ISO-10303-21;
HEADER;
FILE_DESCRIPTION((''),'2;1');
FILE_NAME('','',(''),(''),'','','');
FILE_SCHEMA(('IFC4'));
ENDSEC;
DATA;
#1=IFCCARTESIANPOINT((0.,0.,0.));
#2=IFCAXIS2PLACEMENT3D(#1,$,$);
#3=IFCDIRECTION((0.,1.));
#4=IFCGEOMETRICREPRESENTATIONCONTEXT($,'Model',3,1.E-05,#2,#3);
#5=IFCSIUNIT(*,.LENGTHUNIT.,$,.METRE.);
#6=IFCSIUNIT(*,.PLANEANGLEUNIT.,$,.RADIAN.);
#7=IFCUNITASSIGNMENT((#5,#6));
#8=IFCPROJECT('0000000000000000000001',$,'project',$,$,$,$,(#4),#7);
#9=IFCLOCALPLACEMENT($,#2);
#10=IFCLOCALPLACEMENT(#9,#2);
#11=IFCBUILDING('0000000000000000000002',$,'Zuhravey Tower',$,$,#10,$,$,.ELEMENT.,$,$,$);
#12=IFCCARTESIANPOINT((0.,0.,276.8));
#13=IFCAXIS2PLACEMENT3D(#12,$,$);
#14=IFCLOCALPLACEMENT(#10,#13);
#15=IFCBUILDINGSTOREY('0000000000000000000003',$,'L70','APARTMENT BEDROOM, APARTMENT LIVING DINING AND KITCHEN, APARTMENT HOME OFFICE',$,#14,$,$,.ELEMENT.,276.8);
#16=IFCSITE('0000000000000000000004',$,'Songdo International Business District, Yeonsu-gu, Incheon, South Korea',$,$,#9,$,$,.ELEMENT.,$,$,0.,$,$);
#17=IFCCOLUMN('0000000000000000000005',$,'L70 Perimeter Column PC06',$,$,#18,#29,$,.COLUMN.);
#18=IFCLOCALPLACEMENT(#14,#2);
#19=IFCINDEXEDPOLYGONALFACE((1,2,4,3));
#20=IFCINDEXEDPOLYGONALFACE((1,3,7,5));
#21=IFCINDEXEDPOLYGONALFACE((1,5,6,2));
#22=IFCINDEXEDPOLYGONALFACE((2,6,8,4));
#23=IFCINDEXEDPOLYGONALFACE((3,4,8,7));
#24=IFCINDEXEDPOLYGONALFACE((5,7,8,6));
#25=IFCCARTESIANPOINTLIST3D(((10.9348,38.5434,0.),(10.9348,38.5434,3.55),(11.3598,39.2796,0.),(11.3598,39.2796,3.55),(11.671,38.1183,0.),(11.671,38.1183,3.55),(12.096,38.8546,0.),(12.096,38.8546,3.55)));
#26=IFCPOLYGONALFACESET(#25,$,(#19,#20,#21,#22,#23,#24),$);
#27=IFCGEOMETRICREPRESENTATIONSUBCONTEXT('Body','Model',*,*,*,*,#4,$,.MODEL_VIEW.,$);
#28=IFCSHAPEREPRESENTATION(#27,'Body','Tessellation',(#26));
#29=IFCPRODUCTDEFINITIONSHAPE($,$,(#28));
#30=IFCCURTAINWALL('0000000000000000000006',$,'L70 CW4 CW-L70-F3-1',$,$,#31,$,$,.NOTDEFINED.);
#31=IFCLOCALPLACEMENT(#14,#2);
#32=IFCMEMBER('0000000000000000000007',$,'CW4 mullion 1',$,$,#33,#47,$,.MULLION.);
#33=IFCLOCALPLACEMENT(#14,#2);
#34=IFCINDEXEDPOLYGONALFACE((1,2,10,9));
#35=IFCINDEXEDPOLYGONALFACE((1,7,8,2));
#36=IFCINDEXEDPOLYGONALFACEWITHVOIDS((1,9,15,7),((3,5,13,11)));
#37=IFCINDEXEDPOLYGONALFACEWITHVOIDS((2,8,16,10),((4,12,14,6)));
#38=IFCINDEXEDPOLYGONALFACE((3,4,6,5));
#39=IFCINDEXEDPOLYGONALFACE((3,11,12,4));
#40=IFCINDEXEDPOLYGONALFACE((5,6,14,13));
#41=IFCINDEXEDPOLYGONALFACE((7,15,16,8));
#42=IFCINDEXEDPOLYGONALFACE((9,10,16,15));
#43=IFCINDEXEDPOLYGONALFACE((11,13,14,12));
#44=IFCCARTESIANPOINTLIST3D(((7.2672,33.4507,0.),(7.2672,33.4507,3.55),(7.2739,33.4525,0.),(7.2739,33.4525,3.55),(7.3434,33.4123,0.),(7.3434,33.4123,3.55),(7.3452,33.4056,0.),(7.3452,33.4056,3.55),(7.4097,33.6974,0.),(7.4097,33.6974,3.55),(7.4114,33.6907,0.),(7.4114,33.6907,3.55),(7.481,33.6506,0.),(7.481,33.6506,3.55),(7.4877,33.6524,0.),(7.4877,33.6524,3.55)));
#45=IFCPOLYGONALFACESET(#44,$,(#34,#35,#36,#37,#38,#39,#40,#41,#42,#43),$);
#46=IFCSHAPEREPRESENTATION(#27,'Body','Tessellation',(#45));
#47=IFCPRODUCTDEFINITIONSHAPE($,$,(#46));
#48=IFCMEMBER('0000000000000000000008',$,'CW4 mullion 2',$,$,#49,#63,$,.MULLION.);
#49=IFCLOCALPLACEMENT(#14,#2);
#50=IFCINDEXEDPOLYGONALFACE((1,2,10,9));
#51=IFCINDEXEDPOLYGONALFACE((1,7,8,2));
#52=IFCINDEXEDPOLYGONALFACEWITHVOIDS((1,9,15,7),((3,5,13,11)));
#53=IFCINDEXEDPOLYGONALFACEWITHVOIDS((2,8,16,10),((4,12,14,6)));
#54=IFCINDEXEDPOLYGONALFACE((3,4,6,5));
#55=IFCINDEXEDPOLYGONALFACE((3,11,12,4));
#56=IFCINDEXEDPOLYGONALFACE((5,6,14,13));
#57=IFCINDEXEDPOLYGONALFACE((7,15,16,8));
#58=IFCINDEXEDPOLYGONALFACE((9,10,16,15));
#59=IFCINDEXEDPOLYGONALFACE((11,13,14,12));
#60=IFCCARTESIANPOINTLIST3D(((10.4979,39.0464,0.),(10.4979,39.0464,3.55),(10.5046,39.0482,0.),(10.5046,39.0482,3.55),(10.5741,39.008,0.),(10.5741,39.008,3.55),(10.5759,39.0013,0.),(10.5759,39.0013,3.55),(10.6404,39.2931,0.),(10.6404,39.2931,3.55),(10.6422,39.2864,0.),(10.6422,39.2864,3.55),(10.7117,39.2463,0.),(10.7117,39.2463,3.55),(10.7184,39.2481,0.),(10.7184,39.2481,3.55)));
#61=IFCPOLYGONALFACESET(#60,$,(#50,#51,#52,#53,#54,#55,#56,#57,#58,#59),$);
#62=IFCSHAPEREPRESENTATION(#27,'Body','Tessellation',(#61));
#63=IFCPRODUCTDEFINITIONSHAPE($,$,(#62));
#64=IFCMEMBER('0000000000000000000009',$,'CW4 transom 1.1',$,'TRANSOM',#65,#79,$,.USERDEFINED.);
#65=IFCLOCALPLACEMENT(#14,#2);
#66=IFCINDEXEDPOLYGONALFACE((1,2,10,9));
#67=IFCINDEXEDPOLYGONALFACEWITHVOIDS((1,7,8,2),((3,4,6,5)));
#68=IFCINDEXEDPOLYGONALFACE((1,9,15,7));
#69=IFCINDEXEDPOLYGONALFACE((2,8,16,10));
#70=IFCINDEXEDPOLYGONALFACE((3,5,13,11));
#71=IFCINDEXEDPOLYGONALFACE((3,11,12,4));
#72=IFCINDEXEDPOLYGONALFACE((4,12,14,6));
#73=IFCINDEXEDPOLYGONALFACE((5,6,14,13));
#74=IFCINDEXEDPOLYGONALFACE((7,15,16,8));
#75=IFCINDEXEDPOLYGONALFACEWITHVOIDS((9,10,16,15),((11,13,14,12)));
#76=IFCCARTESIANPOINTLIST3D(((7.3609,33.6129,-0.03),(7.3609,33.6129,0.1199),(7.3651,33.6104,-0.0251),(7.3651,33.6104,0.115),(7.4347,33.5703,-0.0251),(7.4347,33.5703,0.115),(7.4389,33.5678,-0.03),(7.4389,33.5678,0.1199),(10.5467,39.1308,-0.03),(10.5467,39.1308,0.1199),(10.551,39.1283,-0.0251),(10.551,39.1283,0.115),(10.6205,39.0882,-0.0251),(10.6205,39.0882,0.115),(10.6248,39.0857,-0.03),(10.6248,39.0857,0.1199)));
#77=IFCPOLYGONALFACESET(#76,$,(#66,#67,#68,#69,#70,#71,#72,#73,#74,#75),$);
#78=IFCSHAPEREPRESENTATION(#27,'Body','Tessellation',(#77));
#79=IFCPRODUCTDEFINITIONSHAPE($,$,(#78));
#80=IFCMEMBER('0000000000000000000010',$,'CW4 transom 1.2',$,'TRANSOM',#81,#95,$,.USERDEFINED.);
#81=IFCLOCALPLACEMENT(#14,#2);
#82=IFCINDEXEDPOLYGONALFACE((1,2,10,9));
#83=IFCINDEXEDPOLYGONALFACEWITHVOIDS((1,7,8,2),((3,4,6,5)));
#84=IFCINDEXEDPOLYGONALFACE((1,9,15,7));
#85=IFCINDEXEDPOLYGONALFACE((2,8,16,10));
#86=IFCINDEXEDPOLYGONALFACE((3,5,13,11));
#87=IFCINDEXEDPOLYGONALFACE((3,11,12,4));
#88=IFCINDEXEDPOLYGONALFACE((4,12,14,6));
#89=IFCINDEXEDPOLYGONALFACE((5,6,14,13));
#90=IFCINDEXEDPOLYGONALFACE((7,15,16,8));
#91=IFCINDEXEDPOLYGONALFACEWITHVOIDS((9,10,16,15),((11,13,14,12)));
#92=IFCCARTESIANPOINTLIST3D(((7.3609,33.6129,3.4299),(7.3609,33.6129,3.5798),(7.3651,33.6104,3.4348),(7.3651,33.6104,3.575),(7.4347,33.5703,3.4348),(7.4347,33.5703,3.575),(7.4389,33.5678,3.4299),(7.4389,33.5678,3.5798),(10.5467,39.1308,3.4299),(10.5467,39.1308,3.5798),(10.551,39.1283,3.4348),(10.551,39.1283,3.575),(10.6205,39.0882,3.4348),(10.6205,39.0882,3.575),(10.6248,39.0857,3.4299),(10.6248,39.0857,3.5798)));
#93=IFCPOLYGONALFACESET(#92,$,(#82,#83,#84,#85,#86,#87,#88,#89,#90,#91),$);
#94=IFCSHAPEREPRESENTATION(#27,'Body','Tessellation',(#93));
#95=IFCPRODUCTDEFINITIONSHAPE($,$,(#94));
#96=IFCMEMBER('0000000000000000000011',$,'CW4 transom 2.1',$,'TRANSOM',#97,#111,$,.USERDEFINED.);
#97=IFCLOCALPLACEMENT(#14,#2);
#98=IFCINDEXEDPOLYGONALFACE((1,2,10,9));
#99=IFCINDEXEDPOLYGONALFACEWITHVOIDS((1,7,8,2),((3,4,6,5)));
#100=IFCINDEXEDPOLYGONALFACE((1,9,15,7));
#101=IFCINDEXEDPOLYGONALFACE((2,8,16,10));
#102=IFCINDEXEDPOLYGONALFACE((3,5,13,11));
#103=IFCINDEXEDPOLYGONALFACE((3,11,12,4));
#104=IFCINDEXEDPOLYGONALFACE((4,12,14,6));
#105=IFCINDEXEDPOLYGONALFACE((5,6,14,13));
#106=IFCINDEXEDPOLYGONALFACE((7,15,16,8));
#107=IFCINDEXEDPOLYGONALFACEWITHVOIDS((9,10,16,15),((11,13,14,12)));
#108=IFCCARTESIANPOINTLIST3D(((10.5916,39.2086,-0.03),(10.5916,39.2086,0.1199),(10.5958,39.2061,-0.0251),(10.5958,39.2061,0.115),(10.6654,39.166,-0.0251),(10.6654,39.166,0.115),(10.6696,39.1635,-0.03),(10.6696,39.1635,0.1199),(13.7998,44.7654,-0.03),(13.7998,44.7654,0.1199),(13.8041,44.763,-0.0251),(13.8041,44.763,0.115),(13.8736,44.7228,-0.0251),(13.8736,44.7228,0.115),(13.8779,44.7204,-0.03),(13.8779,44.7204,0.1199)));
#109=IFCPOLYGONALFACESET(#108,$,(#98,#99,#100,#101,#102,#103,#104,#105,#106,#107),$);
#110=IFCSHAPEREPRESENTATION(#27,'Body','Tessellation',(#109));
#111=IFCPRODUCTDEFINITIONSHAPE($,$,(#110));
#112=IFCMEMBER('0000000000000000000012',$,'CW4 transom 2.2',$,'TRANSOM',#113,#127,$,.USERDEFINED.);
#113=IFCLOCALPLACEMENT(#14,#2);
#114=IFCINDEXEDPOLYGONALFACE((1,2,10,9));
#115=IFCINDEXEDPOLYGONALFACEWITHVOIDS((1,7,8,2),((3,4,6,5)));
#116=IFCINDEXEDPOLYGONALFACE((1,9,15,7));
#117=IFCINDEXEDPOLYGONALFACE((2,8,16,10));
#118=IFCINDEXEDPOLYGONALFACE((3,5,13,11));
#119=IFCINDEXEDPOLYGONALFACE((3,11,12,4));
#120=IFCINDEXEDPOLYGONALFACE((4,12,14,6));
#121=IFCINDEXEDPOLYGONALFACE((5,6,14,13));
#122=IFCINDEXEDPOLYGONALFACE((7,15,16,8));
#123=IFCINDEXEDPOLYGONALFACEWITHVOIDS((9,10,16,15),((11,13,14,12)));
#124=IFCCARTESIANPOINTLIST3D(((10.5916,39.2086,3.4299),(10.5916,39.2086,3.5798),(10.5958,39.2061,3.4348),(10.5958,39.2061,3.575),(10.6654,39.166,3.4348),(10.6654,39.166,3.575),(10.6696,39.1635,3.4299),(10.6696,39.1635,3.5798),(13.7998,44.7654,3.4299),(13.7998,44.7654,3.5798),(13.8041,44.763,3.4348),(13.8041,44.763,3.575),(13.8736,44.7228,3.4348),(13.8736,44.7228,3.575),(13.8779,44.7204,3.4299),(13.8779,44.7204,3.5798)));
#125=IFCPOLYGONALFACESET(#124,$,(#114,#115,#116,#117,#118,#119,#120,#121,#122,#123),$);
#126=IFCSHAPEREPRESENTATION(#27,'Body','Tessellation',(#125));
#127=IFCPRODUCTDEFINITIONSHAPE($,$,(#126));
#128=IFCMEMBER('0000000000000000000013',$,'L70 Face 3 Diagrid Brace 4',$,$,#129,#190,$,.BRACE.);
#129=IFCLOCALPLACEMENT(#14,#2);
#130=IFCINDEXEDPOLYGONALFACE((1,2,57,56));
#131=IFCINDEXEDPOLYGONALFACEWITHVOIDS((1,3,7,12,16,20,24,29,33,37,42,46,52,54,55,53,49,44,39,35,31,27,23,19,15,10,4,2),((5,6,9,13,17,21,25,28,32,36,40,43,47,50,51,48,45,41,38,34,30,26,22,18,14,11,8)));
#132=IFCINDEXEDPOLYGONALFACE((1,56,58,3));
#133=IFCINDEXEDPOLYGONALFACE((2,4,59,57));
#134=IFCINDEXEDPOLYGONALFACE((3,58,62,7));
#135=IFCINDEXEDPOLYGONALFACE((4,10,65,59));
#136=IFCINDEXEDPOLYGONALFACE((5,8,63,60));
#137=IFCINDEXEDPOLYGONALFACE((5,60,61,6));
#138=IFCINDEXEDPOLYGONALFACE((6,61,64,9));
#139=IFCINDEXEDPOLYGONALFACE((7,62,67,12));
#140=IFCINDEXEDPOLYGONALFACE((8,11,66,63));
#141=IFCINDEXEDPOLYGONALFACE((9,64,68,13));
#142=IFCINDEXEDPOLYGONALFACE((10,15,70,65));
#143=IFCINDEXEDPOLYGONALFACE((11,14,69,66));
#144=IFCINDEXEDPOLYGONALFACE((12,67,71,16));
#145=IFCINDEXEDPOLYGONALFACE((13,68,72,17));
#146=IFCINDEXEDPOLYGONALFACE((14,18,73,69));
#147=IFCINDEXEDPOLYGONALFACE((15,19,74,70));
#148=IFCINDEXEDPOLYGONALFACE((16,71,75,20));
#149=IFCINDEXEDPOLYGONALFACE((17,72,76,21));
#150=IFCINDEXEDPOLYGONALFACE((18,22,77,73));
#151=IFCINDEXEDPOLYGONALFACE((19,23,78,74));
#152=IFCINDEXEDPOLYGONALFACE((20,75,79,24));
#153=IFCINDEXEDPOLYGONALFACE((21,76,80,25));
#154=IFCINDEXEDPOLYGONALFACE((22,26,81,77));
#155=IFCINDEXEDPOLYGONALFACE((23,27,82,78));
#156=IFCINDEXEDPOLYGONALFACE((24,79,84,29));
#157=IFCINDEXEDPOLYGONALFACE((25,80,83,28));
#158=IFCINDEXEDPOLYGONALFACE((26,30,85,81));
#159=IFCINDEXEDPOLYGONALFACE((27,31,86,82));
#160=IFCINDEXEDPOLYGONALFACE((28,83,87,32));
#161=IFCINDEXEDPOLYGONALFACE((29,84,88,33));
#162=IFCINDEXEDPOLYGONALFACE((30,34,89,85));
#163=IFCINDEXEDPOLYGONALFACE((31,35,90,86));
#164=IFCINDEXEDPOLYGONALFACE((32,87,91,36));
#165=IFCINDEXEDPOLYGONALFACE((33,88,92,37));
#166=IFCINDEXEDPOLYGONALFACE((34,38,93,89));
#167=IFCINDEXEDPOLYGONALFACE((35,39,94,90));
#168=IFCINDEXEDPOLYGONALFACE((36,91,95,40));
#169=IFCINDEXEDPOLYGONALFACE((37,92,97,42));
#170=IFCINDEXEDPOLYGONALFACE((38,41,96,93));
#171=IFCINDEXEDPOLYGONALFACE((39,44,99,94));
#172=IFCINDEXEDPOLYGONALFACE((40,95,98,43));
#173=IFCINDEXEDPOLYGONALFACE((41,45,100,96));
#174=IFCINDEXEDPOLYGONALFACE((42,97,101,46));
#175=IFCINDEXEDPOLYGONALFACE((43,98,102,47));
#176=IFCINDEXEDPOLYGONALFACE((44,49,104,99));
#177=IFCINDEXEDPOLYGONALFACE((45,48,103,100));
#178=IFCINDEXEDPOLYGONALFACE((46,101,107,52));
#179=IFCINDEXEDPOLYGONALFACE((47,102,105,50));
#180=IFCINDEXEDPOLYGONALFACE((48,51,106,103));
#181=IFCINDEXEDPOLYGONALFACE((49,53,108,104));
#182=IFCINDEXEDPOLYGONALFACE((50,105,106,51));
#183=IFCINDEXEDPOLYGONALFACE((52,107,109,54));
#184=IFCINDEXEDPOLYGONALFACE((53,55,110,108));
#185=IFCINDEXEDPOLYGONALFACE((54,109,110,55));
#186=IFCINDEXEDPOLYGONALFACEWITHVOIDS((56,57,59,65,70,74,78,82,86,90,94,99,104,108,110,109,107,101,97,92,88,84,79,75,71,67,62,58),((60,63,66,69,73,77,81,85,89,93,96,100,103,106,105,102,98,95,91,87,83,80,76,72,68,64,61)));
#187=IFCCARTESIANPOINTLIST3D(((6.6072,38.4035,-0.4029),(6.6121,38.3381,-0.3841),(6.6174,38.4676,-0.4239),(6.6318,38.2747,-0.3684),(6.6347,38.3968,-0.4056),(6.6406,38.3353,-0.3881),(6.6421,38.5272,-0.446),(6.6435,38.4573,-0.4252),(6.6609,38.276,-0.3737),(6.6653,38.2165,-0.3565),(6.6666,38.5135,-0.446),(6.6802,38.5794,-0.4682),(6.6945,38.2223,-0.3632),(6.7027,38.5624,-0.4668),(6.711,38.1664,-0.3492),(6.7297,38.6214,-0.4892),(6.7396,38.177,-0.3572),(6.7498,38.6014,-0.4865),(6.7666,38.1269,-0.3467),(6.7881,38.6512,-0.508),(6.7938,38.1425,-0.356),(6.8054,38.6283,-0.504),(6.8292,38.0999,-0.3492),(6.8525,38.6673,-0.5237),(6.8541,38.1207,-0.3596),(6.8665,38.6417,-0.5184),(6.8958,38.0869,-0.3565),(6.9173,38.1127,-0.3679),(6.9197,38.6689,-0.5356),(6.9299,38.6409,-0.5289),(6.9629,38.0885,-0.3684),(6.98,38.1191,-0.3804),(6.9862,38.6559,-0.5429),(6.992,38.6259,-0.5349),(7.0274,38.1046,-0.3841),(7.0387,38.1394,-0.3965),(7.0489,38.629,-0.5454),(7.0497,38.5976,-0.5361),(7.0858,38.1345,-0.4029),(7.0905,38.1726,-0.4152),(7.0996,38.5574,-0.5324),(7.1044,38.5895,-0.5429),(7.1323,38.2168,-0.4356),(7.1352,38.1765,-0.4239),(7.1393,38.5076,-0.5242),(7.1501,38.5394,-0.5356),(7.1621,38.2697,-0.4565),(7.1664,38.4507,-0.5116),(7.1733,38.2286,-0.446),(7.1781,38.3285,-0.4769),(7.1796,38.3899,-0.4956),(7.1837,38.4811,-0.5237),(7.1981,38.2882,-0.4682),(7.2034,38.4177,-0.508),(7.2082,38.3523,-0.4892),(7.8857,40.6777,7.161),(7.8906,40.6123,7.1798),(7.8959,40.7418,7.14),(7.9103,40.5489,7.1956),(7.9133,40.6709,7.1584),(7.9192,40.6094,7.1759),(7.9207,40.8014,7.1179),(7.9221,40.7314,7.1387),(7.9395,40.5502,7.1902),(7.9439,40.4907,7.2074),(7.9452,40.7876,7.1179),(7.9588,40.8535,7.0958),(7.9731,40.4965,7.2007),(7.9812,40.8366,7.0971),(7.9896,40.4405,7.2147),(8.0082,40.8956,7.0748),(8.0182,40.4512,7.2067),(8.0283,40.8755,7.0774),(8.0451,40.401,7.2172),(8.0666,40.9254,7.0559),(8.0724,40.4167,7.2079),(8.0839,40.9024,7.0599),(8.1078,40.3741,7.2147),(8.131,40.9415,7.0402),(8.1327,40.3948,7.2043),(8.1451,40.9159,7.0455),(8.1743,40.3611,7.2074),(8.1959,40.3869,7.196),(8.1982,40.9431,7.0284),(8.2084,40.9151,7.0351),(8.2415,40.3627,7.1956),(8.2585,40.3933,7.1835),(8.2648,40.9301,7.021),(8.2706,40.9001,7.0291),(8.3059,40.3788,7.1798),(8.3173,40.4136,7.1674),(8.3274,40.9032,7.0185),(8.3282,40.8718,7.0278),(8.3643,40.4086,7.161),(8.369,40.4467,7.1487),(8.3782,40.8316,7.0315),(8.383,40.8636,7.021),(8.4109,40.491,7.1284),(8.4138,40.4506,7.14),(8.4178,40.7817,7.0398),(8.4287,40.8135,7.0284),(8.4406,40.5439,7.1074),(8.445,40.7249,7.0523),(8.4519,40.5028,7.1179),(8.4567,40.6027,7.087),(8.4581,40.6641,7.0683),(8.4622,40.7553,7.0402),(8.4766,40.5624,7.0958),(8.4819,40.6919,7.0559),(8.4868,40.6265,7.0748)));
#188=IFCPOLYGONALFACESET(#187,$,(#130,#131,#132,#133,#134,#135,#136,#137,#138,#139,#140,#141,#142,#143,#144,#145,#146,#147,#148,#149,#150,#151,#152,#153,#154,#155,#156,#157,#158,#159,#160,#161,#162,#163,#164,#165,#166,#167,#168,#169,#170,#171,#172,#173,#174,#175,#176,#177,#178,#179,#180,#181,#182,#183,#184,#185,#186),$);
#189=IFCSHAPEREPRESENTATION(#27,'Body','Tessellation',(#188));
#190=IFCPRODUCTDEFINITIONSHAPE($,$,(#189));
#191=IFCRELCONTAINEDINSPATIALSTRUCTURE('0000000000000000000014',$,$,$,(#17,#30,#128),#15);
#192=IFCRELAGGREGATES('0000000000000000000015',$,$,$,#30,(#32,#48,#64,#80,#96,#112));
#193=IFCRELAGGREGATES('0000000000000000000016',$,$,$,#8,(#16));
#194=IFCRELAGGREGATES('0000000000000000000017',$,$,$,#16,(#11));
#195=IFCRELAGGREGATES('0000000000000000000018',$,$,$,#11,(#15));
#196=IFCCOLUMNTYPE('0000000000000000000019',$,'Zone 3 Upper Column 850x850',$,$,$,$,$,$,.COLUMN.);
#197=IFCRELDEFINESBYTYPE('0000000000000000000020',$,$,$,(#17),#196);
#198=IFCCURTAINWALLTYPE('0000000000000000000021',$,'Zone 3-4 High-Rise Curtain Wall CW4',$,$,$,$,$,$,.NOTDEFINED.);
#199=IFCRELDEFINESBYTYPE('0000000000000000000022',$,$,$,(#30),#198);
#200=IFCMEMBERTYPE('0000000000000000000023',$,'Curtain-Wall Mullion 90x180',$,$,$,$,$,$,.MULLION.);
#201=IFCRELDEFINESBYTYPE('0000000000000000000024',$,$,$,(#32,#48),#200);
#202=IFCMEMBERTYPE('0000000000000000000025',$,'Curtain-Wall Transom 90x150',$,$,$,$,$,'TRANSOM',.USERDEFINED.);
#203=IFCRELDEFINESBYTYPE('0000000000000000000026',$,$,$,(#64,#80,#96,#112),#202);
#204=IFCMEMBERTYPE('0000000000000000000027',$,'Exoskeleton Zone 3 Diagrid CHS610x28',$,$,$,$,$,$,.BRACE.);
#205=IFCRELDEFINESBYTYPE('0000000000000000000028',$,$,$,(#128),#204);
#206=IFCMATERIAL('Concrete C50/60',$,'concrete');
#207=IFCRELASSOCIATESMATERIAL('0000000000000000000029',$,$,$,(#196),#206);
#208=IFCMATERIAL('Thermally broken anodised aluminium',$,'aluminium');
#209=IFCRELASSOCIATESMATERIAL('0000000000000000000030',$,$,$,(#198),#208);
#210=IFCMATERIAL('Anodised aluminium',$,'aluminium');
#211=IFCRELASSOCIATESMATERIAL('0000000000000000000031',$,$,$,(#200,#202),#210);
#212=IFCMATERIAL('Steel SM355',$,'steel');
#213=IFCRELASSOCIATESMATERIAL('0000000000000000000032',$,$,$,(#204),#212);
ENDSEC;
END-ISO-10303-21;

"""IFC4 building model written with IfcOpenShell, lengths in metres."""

from ifc_helpers import new_model, si_unit, direction, frame, origin, origin_2d, place, context, subcontext, project, spatial, rectangle, hollow_rectangle, hollow_circle, extrude, material, material_profile, profile_set, type_object, element, aggregate, save


model = new_model("IFC4")

# Units and contexts
model_context = context("Model", 3, precision=1e-05, world=origin(), true_north=direction((0.0, 1.0)))
body_context = subcontext(model_context, "Body", "Model", "MODEL_VIEW")
ifc_project = project(units=[si_unit("LENGTHUNIT", "METRE"), si_unit("PLANEANGLEUNIT", "RADIAN")], contexts=[model_context])

# Site, building, storey
site_placement = place(None, origin())
site = spatial("IfcSite", under=ifc_project, at=site_placement, Name="Songdo International Business District, Yeonsu-gu, Incheon, South Korea", CompositionType="ELEMENT", RefElevation=0.0)
building_placement = place(site_placement, origin())
building = spatial("IfcBuilding", under=site, at=building_placement, Name="Zuhravey Tower", CompositionType="ELEMENT")
storey_placement = place(building_placement, frame((0.0, 0.0, 276.8)))
storey = spatial("IfcBuildingStorey", under=building, at=storey_placement, Name="L70", Description="APARTMENT BEDROOM, APARTMENT LIVING DINING AND KITCHEN, APARTMENT HOME OFFICE", CompositionType="ELEMENT", Elevation=276.8)

# Column
ifc_material_1 = material(Name="Concrete C50/60", Category="concrete")
ifc_material_profile_1 = material_profile(ifc_material_1, rectangle(XDim=0.8501, YDim=0.8501, at=origin_2d()), Name="RC-850x850")
ifc_profile_set_1 = profile_set([ifc_material_profile_1], Name="Concrete C50/60")
column_type = type_object("IfcColumnType", Name="Zone 3 Upper Column 850x850", PredefinedType="COLUMN", material=ifc_profile_set_1)
column_placement = place(storey_placement, frame((11.5154, 38.699, 0.0), z_axis=(0.0, 0.0, 1.0), x_axis=(-0.5, -0.866025, 0.0)))
element("IfcColumn", 1, at=column_placement, inside=storey, type_object=column_type, Name="L70 Perimeter Column PC06", PredefinedType="COLUMN", context=body_context, shape_type="SweptSolid", body=[
    extrude(rectangle(XDim=0.8501, YDim=0.8501, at=origin_2d()), origin(), (0.0, 0.0, 1.0), 3.55),
])

# Curtain wall, members
ifc_material_2 = material(Name="Thermally broken anodised aluminium", Category="aluminium")
curtain_wall_type = type_object("IfcCurtainWallType", Name="Zone 3-4 High-Rise Curtain Wall CW4", PredefinedType="NOTDEFINED", material=ifc_material_2)
curtain_wall_placement = place(storey_placement, origin())
curtain_wall = element("IfcCurtainWall", 2, at=curtain_wall_placement, inside=storey, type_object=curtain_wall_type, Name="L70 CW4 CW-L70-F3-1", PredefinedType="NOTDEFINED")
ifc_material_3 = material(Name="Anodised aluminium", Category="aluminium")
ifc_material_profile_2 = material_profile(ifc_material_3, hollow_rectangle(XDim=0.0901, YDim=0.2849, WallThickness=0.0049, at=origin_2d()), Name="ALU-RHS-90x285x5")
ifc_profile_set_2 = profile_set([ifc_material_profile_2], Name="Anodised aluminium")
member_type_1 = type_object("IfcMemberType", Name="Curtain-Wall Mullion 90x180", PredefinedType="MULLION", material=ifc_profile_set_2)
member_1_placement = place(storey_placement, frame((7.3774, 33.5515, 0.0), z_axis=(0.0, 0.0, 1.0), x_axis=(-0.866025, 0.500001, 0.0)))
member_1 = element("IfcMember", 3, at=member_1_placement, type_object=member_type_1, Name="CW4 mullion 1", PredefinedType="MULLION", context=body_context, shape_type="SweptSolid", body=[
    extrude(hollow_rectangle(XDim=0.0901, YDim=0.2849, WallThickness=0.0049, at=origin_2d()), origin(), (0.0, 0.0, 1.0), 3.55),
])
member_2_placement = place(storey_placement, frame((10.6082, 39.1472, 0.0), z_axis=(0.0, 0.0, 1.0), x_axis=(-0.866025, 0.500001, 0.0)))
member_2 = element("IfcMember", 4, at=member_2_placement, type_object=member_type_1, Name="CW4 mullion 2", PredefinedType="MULLION", context=body_context, shape_type="SweptSolid", body=[
    extrude(hollow_rectangle(XDim=0.0901, YDim=0.2849, WallThickness=0.0049, at=origin_2d()), origin(), (0.0, 0.0, 1.0), 3.55),
])
ifc_material_profile_3 = material_profile(ifc_material_3, hollow_rectangle(XDim=0.0901, YDim=0.1499, WallThickness=0.0049, at=origin_2d()), Name="ALU-RHS-90x150x5")
ifc_profile_set_3 = profile_set([ifc_material_profile_3], Name="Anodised aluminium")
member_type_2 = type_object("IfcMemberType", Name="Curtain-Wall Transom 90x150", ElementType="TRANSOM", PredefinedType="USERDEFINED", material=ifc_profile_set_3)
member_3_placement = place(storey_placement, frame((7.3999, 33.5903, 0.0449), z_axis=(0.500009, 0.86602, 0.0), x_axis=(-0.86602, 0.500009, 0.0)))
member_3 = element("IfcMember", 5, at=member_3_placement, type_object=member_type_2, Name="CW4 transom 1.1", ObjectType="TRANSOM", PredefinedType="USERDEFINED", context=body_context, shape_type="SweptSolid", body=[
    extrude(hollow_rectangle(XDim=0.0901, YDim=0.1499, WallThickness=0.0049, at=origin_2d()), origin(), (0.0, 0.0, 1.0), 6.3716),
])
member_4_placement = place(storey_placement, frame((7.3999, 33.5903, 3.5049), z_axis=(0.500009, 0.86602, 0.0), x_axis=(-0.86602, 0.500009, 0.0)))
member_4 = element("IfcMember", 6, at=member_4_placement, type_object=member_type_2, Name="CW4 transom 1.2", ObjectType="TRANSOM", PredefinedType="USERDEFINED", context=body_context, shape_type="SweptSolid", body=[
    extrude(hollow_rectangle(XDim=0.0901, YDim=0.1499, WallThickness=0.0049, at=origin_2d()), origin(), (0.0, 0.0, 1.0), 6.3716),
])
member_5_placement = place(storey_placement, frame((10.6306, 39.186, 0.0449), z_axis=(0.499998, 0.866027, 0.0), x_axis=(-0.866027, 0.499998, 0.0)))
member_5 = element("IfcMember", 7, at=member_5_placement, type_object=member_type_2, Name="CW4 transom 2.1", ObjectType="TRANSOM", PredefinedType="USERDEFINED", context=body_context, shape_type="SweptSolid", body=[
    extrude(hollow_rectangle(XDim=0.0901, YDim=0.1499, WallThickness=0.0049, at=origin_2d()), origin(), (0.0, 0.0, 1.0), 6.4165),
])
member_6_placement = place(storey_placement, frame((10.6306, 39.186, 3.5049), z_axis=(0.499998, 0.866027, 0.0), x_axis=(-0.866027, 0.499998, 0.0)))
member_6 = element("IfcMember", 8, at=member_6_placement, type_object=member_type_2, Name="CW4 transom 2.2", ObjectType="TRANSOM", PredefinedType="USERDEFINED", context=body_context, shape_type="SweptSolid", body=[
    extrude(hollow_rectangle(XDim=0.0901, YDim=0.1499, WallThickness=0.0049, at=origin_2d()), origin(), (0.0, 0.0, 1.0), 6.4165),
])

# Member
ifc_material_4 = material(Name="Steel SM355", Category="steel")
ifc_material_profile_4 = material_profile(ifc_material_4, hollow_circle(Radius=0.3047, WallThickness=0.0281, at=origin_2d()), Name="CHS-609.6x28")
ifc_profile_set_4 = profile_set([ifc_material_profile_4], Name="Steel SM355")
member_type_3 = type_object("IfcMemberType", Name="Exoskeleton Zone 3 Diagrid CHS610x28", PredefinedType="BRACE", material=ifc_profile_set_4)
member_7_placement = place(storey_placement, frame((6.9077, 38.3779, -0.446), z_axis=(0.159795, 0.284227, 0.945347), x_axis=(-0.871683, 0.49007, 0.0)))
element("IfcMember", 9, at=member_7_placement, inside=storey, type_object=member_type_3, Name="L70 Face 3 Diagrid Brace 4", PredefinedType="BRACE", context=body_context, shape_type="SweptSolid", body=[
    extrude(hollow_circle(Radius=0.3047, WallThickness=0.0281, at=origin_2d()), origin(), (0.0, 0.0, 1.0), 8.0012),
])

aggregate(curtain_wall, [member_1, member_2, member_3, member_4, member_5, member_6])

save(model, "model.ifc")
